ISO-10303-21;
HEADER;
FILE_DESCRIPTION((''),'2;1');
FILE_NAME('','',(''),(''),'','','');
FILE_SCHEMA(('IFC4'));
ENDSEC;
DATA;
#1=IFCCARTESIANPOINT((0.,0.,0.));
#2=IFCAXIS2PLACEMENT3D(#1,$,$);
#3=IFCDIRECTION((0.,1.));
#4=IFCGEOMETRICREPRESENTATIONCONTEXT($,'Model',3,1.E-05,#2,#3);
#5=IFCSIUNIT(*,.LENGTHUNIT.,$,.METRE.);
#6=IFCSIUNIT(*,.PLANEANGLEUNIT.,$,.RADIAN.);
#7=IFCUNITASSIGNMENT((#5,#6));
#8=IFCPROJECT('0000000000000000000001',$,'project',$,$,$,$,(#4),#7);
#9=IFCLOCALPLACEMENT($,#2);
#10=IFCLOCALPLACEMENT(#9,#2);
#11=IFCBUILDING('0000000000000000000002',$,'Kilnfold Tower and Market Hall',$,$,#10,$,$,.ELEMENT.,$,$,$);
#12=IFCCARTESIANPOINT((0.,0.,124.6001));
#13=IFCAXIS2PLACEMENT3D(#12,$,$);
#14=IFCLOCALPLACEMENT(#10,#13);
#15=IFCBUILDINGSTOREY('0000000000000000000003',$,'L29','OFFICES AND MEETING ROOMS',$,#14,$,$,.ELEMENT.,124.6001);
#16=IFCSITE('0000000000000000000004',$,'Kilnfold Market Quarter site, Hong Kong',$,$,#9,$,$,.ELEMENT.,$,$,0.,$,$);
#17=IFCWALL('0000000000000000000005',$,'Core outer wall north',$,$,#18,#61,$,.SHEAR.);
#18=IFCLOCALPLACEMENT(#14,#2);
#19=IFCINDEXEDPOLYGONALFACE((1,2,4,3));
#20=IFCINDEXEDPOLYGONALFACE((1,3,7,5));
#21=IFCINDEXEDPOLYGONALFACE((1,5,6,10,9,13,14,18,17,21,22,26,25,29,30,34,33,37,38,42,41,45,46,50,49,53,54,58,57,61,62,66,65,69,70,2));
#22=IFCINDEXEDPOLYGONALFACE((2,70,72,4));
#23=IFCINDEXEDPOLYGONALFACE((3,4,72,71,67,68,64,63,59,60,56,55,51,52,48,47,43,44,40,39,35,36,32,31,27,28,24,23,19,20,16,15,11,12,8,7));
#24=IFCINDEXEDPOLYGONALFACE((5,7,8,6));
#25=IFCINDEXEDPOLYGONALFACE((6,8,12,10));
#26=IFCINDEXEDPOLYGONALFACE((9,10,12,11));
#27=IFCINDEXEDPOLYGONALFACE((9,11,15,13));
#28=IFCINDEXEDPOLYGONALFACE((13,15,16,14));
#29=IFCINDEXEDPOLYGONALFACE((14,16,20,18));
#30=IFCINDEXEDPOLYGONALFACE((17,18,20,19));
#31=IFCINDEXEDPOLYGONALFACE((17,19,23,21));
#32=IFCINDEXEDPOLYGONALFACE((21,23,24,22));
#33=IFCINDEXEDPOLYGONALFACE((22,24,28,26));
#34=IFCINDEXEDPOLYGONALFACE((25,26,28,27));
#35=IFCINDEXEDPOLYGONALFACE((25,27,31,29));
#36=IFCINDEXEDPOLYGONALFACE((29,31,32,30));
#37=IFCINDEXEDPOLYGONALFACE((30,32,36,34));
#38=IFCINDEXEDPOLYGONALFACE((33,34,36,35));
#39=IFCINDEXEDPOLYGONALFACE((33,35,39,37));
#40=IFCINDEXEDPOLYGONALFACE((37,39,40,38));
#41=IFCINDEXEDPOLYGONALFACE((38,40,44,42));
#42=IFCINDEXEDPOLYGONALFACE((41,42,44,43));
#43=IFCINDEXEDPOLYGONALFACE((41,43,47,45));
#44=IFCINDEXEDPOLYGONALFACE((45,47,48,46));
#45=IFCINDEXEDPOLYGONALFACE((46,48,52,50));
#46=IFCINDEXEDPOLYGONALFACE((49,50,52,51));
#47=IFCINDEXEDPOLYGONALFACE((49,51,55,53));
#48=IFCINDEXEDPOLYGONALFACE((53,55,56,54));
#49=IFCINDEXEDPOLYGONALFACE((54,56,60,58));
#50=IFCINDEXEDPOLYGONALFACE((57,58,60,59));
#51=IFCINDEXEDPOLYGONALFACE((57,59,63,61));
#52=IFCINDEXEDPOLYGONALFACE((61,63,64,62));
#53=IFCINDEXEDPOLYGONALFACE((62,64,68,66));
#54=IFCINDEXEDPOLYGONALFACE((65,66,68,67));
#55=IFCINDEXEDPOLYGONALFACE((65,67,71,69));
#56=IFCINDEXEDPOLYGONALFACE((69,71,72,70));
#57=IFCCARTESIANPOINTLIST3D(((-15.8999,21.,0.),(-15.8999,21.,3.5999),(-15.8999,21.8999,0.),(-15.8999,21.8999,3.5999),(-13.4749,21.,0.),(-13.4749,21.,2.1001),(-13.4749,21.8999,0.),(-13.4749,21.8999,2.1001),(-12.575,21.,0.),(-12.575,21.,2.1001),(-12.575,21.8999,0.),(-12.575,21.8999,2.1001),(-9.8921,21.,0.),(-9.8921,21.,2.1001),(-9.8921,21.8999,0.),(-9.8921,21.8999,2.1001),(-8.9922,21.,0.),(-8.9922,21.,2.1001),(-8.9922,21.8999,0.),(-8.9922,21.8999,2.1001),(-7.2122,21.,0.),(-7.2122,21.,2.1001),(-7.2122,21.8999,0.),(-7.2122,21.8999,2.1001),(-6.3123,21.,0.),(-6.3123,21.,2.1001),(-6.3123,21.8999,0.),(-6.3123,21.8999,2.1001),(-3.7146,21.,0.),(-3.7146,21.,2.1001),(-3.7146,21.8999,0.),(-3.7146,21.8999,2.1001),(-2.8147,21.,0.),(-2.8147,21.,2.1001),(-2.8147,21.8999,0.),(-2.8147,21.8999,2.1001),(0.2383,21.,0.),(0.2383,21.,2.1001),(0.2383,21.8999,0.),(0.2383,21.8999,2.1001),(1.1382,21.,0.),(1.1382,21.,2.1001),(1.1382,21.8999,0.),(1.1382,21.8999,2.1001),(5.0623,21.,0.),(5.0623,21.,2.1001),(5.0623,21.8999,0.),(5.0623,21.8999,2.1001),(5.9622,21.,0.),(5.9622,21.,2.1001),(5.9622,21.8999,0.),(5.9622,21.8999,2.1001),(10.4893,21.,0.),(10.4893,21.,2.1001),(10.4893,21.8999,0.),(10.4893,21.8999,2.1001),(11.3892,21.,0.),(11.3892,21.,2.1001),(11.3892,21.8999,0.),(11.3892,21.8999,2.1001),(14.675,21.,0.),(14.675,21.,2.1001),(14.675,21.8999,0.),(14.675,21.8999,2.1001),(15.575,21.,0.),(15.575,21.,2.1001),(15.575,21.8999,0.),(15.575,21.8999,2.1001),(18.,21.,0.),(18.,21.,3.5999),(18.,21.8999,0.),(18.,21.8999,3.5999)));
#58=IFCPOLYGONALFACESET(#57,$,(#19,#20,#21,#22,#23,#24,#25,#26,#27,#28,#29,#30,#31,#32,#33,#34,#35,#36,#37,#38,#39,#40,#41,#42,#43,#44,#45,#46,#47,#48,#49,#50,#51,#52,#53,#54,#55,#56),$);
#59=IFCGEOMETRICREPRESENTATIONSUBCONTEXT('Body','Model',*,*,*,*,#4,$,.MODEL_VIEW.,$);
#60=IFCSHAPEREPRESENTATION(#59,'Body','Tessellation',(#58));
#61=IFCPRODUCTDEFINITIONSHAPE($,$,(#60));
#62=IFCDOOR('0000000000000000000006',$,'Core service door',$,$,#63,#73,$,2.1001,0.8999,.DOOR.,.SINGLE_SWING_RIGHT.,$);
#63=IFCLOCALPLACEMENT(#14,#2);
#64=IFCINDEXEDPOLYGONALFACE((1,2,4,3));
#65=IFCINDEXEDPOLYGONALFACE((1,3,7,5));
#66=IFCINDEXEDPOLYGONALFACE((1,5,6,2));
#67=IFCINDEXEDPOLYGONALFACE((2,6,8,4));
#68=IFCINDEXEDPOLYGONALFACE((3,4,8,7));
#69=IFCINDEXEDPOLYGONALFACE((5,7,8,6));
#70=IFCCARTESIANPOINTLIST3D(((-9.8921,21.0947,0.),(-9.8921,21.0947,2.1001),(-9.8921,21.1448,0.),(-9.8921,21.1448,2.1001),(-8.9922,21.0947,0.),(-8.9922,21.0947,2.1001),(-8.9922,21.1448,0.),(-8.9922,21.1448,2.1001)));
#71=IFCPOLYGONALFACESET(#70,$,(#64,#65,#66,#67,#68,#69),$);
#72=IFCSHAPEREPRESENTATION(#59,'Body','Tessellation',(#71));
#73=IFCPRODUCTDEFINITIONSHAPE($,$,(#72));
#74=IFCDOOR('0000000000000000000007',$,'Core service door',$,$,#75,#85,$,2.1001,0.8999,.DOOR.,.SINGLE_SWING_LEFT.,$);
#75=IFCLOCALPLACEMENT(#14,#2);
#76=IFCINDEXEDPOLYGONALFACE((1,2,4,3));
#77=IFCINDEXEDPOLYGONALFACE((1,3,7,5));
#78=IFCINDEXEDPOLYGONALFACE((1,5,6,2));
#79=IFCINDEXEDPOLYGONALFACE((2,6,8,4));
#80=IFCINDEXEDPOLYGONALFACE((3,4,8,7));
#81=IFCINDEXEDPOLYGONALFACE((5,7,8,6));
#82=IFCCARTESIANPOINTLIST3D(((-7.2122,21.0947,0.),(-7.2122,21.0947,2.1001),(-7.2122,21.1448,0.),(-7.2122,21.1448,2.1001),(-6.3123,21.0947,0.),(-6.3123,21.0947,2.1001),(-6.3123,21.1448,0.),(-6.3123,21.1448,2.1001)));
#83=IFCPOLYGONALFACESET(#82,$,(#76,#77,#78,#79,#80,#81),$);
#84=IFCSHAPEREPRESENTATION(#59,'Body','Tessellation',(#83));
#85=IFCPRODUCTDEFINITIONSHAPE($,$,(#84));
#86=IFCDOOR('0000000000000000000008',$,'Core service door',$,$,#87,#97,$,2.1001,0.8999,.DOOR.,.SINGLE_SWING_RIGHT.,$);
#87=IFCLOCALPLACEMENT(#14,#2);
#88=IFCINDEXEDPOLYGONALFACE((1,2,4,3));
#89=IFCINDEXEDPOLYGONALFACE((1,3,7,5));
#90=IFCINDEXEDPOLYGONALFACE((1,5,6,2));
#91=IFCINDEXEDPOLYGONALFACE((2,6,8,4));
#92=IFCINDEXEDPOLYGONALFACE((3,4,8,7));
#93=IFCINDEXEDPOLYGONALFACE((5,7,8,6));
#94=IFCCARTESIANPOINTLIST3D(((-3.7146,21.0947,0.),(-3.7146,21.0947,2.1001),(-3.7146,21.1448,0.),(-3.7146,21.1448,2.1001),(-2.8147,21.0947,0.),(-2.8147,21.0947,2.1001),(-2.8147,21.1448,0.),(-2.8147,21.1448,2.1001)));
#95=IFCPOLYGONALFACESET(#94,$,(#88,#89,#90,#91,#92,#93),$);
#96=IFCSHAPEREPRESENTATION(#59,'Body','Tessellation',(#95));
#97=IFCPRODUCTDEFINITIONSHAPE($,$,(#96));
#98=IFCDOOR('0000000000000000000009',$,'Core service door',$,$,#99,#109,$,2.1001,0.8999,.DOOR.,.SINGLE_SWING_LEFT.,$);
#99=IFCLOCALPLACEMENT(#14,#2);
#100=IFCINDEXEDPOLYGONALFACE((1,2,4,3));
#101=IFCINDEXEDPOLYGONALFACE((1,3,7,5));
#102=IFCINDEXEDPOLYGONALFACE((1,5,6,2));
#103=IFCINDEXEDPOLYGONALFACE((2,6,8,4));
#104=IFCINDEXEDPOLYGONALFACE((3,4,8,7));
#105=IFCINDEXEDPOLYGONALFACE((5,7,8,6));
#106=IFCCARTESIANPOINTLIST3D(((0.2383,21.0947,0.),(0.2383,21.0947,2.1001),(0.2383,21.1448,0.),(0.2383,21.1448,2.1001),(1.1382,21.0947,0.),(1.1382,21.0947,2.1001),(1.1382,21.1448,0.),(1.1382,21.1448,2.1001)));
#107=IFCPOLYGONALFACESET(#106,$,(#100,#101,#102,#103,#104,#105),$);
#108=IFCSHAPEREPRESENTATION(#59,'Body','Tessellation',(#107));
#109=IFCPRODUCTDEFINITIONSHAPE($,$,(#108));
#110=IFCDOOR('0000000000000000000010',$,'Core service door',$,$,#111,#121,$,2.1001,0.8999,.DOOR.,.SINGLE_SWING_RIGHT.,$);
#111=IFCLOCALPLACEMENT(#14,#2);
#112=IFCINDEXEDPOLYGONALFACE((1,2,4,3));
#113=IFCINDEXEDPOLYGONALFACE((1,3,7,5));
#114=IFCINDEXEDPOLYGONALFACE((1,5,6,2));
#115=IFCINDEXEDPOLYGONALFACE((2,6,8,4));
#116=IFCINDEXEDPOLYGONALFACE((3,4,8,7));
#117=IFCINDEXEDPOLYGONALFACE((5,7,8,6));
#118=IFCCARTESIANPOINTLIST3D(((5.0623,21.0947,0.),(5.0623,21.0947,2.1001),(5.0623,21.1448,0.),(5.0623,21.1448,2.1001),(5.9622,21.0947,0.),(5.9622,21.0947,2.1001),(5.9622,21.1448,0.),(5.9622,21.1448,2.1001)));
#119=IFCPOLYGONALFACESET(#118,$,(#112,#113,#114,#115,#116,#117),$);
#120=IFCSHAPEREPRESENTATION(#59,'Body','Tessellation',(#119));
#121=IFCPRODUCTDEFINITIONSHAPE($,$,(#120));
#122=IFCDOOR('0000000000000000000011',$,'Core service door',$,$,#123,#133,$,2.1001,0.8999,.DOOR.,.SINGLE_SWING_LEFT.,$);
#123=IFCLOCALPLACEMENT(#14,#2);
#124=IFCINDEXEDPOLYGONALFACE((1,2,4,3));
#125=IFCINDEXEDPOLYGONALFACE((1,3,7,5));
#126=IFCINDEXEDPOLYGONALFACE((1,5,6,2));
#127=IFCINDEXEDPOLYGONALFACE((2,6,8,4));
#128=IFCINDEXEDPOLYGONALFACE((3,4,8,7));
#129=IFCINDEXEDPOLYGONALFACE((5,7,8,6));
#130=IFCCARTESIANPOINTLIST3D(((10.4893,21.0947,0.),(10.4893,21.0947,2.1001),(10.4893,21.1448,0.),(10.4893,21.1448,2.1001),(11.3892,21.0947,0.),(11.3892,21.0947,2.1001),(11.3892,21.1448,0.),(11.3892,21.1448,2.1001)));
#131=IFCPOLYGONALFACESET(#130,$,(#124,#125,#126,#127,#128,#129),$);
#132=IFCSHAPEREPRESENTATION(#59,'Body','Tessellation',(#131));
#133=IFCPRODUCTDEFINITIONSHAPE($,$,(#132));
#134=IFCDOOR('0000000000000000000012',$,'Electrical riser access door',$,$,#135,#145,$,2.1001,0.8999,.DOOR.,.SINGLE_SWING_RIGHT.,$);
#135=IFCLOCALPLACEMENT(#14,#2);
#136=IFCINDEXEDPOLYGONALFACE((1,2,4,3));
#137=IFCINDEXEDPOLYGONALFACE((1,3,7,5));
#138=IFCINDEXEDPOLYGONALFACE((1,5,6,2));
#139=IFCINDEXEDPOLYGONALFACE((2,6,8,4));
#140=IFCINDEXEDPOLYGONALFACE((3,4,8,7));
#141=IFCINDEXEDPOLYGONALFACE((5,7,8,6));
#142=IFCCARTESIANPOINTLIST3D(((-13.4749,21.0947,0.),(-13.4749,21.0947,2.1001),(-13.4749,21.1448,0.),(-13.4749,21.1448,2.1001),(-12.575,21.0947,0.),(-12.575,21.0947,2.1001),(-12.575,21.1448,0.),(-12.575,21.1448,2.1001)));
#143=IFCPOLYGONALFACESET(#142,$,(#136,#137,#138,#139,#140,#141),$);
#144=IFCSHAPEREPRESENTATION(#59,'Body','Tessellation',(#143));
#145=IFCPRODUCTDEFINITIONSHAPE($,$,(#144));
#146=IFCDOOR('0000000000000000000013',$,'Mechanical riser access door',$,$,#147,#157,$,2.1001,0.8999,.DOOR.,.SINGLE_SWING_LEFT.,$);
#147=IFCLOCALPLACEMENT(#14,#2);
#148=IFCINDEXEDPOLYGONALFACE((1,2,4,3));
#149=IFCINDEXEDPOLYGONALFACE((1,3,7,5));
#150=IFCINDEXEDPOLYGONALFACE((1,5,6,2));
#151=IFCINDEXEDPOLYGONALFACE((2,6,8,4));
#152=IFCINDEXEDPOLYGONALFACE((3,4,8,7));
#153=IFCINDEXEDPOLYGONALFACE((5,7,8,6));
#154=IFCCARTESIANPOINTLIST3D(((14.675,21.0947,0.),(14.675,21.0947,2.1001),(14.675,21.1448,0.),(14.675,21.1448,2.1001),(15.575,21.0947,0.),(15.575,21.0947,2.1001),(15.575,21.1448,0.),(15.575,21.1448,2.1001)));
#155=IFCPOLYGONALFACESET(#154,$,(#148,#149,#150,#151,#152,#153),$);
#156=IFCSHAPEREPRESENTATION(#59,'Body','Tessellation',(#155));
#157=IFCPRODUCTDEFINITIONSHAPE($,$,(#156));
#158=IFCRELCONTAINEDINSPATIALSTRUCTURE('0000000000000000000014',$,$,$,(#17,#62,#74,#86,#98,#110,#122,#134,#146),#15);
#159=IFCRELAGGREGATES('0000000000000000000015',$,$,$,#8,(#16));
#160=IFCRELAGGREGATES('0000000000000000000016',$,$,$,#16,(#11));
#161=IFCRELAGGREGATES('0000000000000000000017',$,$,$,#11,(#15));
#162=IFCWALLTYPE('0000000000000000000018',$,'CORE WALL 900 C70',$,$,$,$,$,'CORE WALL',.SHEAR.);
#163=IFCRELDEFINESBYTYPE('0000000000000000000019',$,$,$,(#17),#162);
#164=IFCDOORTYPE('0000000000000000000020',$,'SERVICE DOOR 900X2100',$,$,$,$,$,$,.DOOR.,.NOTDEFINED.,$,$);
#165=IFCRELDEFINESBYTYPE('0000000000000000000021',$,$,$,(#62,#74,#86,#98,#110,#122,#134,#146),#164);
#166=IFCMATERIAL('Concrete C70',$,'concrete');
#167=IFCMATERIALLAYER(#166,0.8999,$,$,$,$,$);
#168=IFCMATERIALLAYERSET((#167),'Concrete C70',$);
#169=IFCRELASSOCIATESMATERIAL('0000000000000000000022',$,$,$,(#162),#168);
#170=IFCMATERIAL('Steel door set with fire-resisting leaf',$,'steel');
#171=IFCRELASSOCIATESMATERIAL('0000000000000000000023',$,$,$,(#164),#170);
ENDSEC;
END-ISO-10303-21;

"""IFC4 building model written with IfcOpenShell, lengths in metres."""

from ifc_helpers import new_model, si_unit, direction, frame, frame_2d, origin, place, context, subcontext, project, spatial, rectangle, extrude, source, transform, mapped, material, layer, layer_set, type_object, element, fill, save


model = new_model("IFC4")

# Units and contexts
model_context = context("Model", 3, precision=1e-05, world=origin(), true_north=direction((0.0, 1.0)))
body_context = subcontext(model_context, "Body", "Model", "MODEL_VIEW")
ifc_project = project(units=[si_unit("LENGTHUNIT", "METRE"), si_unit("PLANEANGLEUNIT", "RADIAN")], contexts=[model_context])

# Site, building, storey
site_placement = place(None, origin())
site = spatial("IfcSite", under=ifc_project, at=site_placement, Name="Kilnfold Market Quarter site, Hong Kong", CompositionType="ELEMENT", RefElevation=0.0)
building_placement = place(site_placement, origin())
building = spatial("IfcBuilding", under=site, at=building_placement, Name="Kilnfold Tower and Market Hall", CompositionType="ELEMENT")
storey_placement = place(building_placement, frame((0.0, 0.0, 124.6001)))
storey = spatial("IfcBuildingStorey", under=building, at=storey_placement, Name="L29", Description="OFFICES AND MEETING ROOMS", CompositionType="ELEMENT", Elevation=124.6001)

# Wall, openings, doors
ifc_material_1 = material(Name="Concrete C70", Category="concrete")
ifc_layer_1 = layer(ifc_material_1, 0.8999)
ifc_layer_set_1 = layer_set([ifc_layer_1], Name="Concrete C70")
wall_type_1 = type_object("IfcWallType", Name="CORE WALL 900 C70", ElementType="CORE WALL", PredefinedType="SHEAR", material=ifc_layer_set_1)
shared_shape_1 = source(origin(), body_context, "Body", "SweptSolid", [
    extrude(rectangle(XDim=33.8999, YDim=0.8999, at=frame_2d((16.95, 0.0))), origin(), (0.0, 0.0, 1.0), 3.5999),
])
wall_1_placement = place(storey_placement, frame((-15.8999, 21.45, 0.0), z_axis=(0.0, 0.0, 1.0), x_axis=(1.0, 0.0, 0.0)))
wall_1 = element("IfcWall", 1, at=wall_1_placement, inside=storey, type_object=wall_type_1, Name="Core outer wall north", PredefinedType="SHEAR", context=body_context, shape_type="MappedRepresentation", body=[
    mapped(shared_shape_1, transform((0.0, 0.0, 0.0))),
])
opening_1_placement = place(wall_1_placement, frame((6.0078, 0.0, 0.0)))
opening_1 = element("IfcOpeningElement", 2, at=opening_1_placement, cuts=wall_1, PredefinedType="OPENING", context=body_context, shape_type="SweptSolid", body=[
    extrude(rectangle(XDim=0.8999, YDim=2.1001, at=frame_2d((0.45, 1.05))), frame((0.0, 0.46, 0.0), z_axis=(0.0, -1.0, 0.0), x_axis=(1.0, 0.0, 0.0)), (0.0, 0.0, 1.0), 0.9199),
])
opening_2_placement = place(wall_1_placement, frame((8.6877, 0.0, 0.0)))
opening_2 = element("IfcOpeningElement", 3, at=opening_2_placement, cuts=wall_1, PredefinedType="OPENING", context=body_context, shape_type="SweptSolid", body=[
    extrude(rectangle(XDim=0.8999, YDim=2.1001, at=frame_2d((0.45, 1.05))), frame((0.0, 0.46, 0.0), z_axis=(0.0, -1.0, 0.0), x_axis=(1.0, 0.0, 0.0)), (0.0, 0.0, 1.0), 0.9199),
])
opening_3_placement = place(wall_1_placement, frame((12.1853, 0.0, 0.0)))
opening_3 = element("IfcOpeningElement", 4, at=opening_3_placement, cuts=wall_1, PredefinedType="OPENING", context=body_context, shape_type="SweptSolid", body=[
    extrude(rectangle(XDim=0.8999, YDim=2.1001, at=frame_2d((0.45, 1.05))), frame((0.0, 0.46, 0.0), z_axis=(0.0, -1.0, 0.0), x_axis=(1.0, 0.0, 0.0)), (0.0, 0.0, 1.0), 0.9199),
])
opening_4_placement = place(wall_1_placement, frame((16.1382, 0.0, 0.0)))
opening_4 = element("IfcOpeningElement", 5, at=opening_4_placement, cuts=wall_1, PredefinedType="OPENING", context=body_context, shape_type="SweptSolid", body=[
    extrude(rectangle(XDim=0.8999, YDim=2.1001, at=frame_2d((0.45, 1.05))), frame((0.0, 0.46, 0.0), z_axis=(0.0, -1.0, 0.0), x_axis=(1.0, 0.0, 0.0)), (0.0, 0.0, 1.0), 0.9199),
])
opening_5_placement = place(wall_1_placement, frame((20.9622, 0.0, 0.0)))
opening_5 = element("IfcOpeningElement", 6, at=opening_5_placement, cuts=wall_1, PredefinedType="OPENING", context=body_context, shape_type="SweptSolid", body=[
    extrude(rectangle(XDim=0.8999, YDim=2.1001, at=frame_2d((0.45, 1.05))), frame((0.0, 0.46, 0.0), z_axis=(0.0, -1.0, 0.0), x_axis=(1.0, 0.0, 0.0)), (0.0, 0.0, 1.0), 0.9199),
])
opening_6_placement = place(wall_1_placement, frame((26.3892, 0.0, 0.0)))
opening_6 = element("IfcOpeningElement", 7, at=opening_6_placement, cuts=wall_1, PredefinedType="OPENING", context=body_context, shape_type="SweptSolid", body=[
    extrude(rectangle(XDim=0.8999, YDim=2.1001, at=frame_2d((0.45, 1.05))), frame((0.0, 0.46, 0.0), z_axis=(0.0, -1.0, 0.0), x_axis=(1.0, 0.0, 0.0)), (0.0, 0.0, 1.0), 0.9199),
])
opening_7_placement = place(wall_1_placement, frame((2.425, 0.0, 0.0)))
opening_7 = element("IfcOpeningElement", 8, at=opening_7_placement, cuts=wall_1, PredefinedType="OPENING", context=body_context, shape_type="SweptSolid", body=[
    extrude(rectangle(XDim=0.8999, YDim=2.1001, at=frame_2d((0.45, 1.05))), frame((0.0, 0.46, 0.0), z_axis=(0.0, -1.0, 0.0), x_axis=(1.0, 0.0, 0.0)), (0.0, 0.0, 1.0), 0.9199),
])
opening_8_placement = place(wall_1_placement, frame((30.575, 0.0, 0.0)))
opening_8 = element("IfcOpeningElement", 9, at=opening_8_placement, cuts=wall_1, PredefinedType="OPENING", context=body_context, shape_type="SweptSolid", body=[
    extrude(rectangle(XDim=0.8999, YDim=2.1001, at=frame_2d((0.45, 1.05))), frame((0.0, 0.46, 0.0), z_axis=(0.0, -1.0, 0.0), x_axis=(1.0, 0.0, 0.0)), (0.0, 0.0, 1.0), 0.9199),
])
ifc_material_2 = material(Name="Steel door set with fire-resisting leaf", Category="steel")
door_type = type_object("IfcDoorType", Name="SERVICE DOOR 900X2100", OperationType="NOTDEFINED", PredefinedType="DOOR", material=ifc_material_2)
door_1_placement = place(opening_1_placement, origin())
door_1 = element("IfcDoor", 10, at=door_1_placement, inside=storey, type_object=door_type, Name="Core service door", OperationType="SINGLE_SWING_RIGHT", OverallHeight=2.1001, OverallWidth=0.8999, PredefinedType="DOOR", context=body_context, shape_type="SweptSolid", body=[
    extrude(rectangle(XDim=0.8999, YDim=2.1001, at=frame_2d((0.45, 1.05))), frame((0.0, -0.3052, 0.0), z_axis=(0.0, -1.0, 0.0), x_axis=(1.0, 0.0, 0.0)), (0.0, 0.0, 1.0), 0.05),
])
fill(opening_1, door_1)
door_2_placement = place(opening_2_placement, origin())
door_2 = element("IfcDoor", 11, at=door_2_placement, inside=storey, type_object=door_type, Name="Core service door", OperationType="SINGLE_SWING_LEFT", OverallHeight=2.1001, OverallWidth=0.8999, PredefinedType="DOOR", context=body_context, shape_type="SweptSolid", body=[
    extrude(rectangle(XDim=0.8999, YDim=2.1001, at=frame_2d((0.45, 1.05))), frame((0.0, -0.3052, 0.0), z_axis=(0.0, -1.0, 0.0), x_axis=(1.0, 0.0, 0.0)), (0.0, 0.0, 1.0), 0.05),
])
fill(opening_2, door_2)
door_3_placement = place(opening_3_placement, origin())
door_3 = element("IfcDoor", 12, at=door_3_placement, inside=storey, type_object=door_type, Name="Core service door", OperationType="SINGLE_SWING_RIGHT", OverallHeight=2.1001, OverallWidth=0.8999, PredefinedType="DOOR", context=body_context, shape_type="SweptSolid", body=[
    extrude(rectangle(XDim=0.8999, YDim=2.1001, at=frame_2d((0.45, 1.05))), frame((0.0, -0.3052, 0.0), z_axis=(0.0, -1.0, 0.0), x_axis=(1.0, 0.0, 0.0)), (0.0, 0.0, 1.0), 0.05),
])
fill(opening_3, door_3)
door_4_placement = place(opening_4_placement, origin())
door_4 = element("IfcDoor", 13, at=door_4_placement, inside=storey, type_object=door_type, Name="Core service door", OperationType="SINGLE_SWING_LEFT", OverallHeight=2.1001, OverallWidth=0.8999, PredefinedType="DOOR", context=body_context, shape_type="SweptSolid", body=[
    extrude(rectangle(XDim=0.8999, YDim=2.1001, at=frame_2d((0.45, 1.05))), frame((0.0, -0.3052, 0.0), z_axis=(0.0, -1.0, 0.0), x_axis=(1.0, 0.0, 0.0)), (0.0, 0.0, 1.0), 0.05),
])
fill(opening_4, door_4)
door_5_placement = place(opening_5_placement, origin())
door_5 = element("IfcDoor", 14, at=door_5_placement, inside=storey, type_object=door_type, Name="Core service door", OperationType="SINGLE_SWING_RIGHT", OverallHeight=2.1001, OverallWidth=0.8999, PredefinedType="DOOR", context=body_context, shape_type="SweptSolid", body=[
    extrude(rectangle(XDim=0.8999, YDim=2.1001, at=frame_2d((0.45, 1.05))), frame((0.0, -0.3052, 0.0), z_axis=(0.0, -1.0, 0.0), x_axis=(1.0, 0.0, 0.0)), (0.0, 0.0, 1.0), 0.05),
])
fill(opening_5, door_5)
door_6_placement = place(opening_6_placement, origin())
door_6 = element("IfcDoor", 15, at=door_6_placement, inside=storey, type_object=door_type, Name="Core service door", OperationType="SINGLE_SWING_LEFT", OverallHeight=2.1001, OverallWidth=0.8999, PredefinedType="DOOR", context=body_context, shape_type="SweptSolid", body=[
    extrude(rectangle(XDim=0.8999, YDim=2.1001, at=frame_2d((0.45, 1.05))), frame((0.0, -0.3052, 0.0), z_axis=(0.0, -1.0, 0.0), x_axis=(1.0, 0.0, 0.0)), (0.0, 0.0, 1.0), 0.05),
])
fill(opening_6, door_6)
door_7_placement = place(opening_7_placement, origin())
door_7 = element("IfcDoor", 16, at=door_7_placement, inside=storey, type_object=door_type, Name="Electrical riser access door", OperationType="SINGLE_SWING_RIGHT", OverallHeight=2.1001, OverallWidth=0.8999, PredefinedType="DOOR", context=body_context, shape_type="SweptSolid", body=[
    extrude(rectangle(XDim=0.8999, YDim=2.1001, at=frame_2d((0.45, 1.05))), frame((0.0, -0.3052, 0.0), z_axis=(0.0, -1.0, 0.0), x_axis=(1.0, 0.0, 0.0)), (0.0, 0.0, 1.0), 0.05),
])
fill(opening_7, door_7)
door_8_placement = place(opening_8_placement, origin())
door_8 = element("IfcDoor", 17, at=door_8_placement, inside=storey, type_object=door_type, Name="Mechanical riser access door", OperationType="SINGLE_SWING_LEFT", OverallHeight=2.1001, OverallWidth=0.8999, PredefinedType="DOOR", context=body_context, shape_type="SweptSolid", body=[
    extrude(rectangle(XDim=0.8999, YDim=2.1001, at=frame_2d((0.45, 1.05))), frame((0.0, -0.3052, 0.0), z_axis=(0.0, -1.0, 0.0), x_axis=(1.0, 0.0, 0.0)), (0.0, 0.0, 1.0), 0.05),
])
fill(opening_8, door_8)

save(model, "model.ifc")
